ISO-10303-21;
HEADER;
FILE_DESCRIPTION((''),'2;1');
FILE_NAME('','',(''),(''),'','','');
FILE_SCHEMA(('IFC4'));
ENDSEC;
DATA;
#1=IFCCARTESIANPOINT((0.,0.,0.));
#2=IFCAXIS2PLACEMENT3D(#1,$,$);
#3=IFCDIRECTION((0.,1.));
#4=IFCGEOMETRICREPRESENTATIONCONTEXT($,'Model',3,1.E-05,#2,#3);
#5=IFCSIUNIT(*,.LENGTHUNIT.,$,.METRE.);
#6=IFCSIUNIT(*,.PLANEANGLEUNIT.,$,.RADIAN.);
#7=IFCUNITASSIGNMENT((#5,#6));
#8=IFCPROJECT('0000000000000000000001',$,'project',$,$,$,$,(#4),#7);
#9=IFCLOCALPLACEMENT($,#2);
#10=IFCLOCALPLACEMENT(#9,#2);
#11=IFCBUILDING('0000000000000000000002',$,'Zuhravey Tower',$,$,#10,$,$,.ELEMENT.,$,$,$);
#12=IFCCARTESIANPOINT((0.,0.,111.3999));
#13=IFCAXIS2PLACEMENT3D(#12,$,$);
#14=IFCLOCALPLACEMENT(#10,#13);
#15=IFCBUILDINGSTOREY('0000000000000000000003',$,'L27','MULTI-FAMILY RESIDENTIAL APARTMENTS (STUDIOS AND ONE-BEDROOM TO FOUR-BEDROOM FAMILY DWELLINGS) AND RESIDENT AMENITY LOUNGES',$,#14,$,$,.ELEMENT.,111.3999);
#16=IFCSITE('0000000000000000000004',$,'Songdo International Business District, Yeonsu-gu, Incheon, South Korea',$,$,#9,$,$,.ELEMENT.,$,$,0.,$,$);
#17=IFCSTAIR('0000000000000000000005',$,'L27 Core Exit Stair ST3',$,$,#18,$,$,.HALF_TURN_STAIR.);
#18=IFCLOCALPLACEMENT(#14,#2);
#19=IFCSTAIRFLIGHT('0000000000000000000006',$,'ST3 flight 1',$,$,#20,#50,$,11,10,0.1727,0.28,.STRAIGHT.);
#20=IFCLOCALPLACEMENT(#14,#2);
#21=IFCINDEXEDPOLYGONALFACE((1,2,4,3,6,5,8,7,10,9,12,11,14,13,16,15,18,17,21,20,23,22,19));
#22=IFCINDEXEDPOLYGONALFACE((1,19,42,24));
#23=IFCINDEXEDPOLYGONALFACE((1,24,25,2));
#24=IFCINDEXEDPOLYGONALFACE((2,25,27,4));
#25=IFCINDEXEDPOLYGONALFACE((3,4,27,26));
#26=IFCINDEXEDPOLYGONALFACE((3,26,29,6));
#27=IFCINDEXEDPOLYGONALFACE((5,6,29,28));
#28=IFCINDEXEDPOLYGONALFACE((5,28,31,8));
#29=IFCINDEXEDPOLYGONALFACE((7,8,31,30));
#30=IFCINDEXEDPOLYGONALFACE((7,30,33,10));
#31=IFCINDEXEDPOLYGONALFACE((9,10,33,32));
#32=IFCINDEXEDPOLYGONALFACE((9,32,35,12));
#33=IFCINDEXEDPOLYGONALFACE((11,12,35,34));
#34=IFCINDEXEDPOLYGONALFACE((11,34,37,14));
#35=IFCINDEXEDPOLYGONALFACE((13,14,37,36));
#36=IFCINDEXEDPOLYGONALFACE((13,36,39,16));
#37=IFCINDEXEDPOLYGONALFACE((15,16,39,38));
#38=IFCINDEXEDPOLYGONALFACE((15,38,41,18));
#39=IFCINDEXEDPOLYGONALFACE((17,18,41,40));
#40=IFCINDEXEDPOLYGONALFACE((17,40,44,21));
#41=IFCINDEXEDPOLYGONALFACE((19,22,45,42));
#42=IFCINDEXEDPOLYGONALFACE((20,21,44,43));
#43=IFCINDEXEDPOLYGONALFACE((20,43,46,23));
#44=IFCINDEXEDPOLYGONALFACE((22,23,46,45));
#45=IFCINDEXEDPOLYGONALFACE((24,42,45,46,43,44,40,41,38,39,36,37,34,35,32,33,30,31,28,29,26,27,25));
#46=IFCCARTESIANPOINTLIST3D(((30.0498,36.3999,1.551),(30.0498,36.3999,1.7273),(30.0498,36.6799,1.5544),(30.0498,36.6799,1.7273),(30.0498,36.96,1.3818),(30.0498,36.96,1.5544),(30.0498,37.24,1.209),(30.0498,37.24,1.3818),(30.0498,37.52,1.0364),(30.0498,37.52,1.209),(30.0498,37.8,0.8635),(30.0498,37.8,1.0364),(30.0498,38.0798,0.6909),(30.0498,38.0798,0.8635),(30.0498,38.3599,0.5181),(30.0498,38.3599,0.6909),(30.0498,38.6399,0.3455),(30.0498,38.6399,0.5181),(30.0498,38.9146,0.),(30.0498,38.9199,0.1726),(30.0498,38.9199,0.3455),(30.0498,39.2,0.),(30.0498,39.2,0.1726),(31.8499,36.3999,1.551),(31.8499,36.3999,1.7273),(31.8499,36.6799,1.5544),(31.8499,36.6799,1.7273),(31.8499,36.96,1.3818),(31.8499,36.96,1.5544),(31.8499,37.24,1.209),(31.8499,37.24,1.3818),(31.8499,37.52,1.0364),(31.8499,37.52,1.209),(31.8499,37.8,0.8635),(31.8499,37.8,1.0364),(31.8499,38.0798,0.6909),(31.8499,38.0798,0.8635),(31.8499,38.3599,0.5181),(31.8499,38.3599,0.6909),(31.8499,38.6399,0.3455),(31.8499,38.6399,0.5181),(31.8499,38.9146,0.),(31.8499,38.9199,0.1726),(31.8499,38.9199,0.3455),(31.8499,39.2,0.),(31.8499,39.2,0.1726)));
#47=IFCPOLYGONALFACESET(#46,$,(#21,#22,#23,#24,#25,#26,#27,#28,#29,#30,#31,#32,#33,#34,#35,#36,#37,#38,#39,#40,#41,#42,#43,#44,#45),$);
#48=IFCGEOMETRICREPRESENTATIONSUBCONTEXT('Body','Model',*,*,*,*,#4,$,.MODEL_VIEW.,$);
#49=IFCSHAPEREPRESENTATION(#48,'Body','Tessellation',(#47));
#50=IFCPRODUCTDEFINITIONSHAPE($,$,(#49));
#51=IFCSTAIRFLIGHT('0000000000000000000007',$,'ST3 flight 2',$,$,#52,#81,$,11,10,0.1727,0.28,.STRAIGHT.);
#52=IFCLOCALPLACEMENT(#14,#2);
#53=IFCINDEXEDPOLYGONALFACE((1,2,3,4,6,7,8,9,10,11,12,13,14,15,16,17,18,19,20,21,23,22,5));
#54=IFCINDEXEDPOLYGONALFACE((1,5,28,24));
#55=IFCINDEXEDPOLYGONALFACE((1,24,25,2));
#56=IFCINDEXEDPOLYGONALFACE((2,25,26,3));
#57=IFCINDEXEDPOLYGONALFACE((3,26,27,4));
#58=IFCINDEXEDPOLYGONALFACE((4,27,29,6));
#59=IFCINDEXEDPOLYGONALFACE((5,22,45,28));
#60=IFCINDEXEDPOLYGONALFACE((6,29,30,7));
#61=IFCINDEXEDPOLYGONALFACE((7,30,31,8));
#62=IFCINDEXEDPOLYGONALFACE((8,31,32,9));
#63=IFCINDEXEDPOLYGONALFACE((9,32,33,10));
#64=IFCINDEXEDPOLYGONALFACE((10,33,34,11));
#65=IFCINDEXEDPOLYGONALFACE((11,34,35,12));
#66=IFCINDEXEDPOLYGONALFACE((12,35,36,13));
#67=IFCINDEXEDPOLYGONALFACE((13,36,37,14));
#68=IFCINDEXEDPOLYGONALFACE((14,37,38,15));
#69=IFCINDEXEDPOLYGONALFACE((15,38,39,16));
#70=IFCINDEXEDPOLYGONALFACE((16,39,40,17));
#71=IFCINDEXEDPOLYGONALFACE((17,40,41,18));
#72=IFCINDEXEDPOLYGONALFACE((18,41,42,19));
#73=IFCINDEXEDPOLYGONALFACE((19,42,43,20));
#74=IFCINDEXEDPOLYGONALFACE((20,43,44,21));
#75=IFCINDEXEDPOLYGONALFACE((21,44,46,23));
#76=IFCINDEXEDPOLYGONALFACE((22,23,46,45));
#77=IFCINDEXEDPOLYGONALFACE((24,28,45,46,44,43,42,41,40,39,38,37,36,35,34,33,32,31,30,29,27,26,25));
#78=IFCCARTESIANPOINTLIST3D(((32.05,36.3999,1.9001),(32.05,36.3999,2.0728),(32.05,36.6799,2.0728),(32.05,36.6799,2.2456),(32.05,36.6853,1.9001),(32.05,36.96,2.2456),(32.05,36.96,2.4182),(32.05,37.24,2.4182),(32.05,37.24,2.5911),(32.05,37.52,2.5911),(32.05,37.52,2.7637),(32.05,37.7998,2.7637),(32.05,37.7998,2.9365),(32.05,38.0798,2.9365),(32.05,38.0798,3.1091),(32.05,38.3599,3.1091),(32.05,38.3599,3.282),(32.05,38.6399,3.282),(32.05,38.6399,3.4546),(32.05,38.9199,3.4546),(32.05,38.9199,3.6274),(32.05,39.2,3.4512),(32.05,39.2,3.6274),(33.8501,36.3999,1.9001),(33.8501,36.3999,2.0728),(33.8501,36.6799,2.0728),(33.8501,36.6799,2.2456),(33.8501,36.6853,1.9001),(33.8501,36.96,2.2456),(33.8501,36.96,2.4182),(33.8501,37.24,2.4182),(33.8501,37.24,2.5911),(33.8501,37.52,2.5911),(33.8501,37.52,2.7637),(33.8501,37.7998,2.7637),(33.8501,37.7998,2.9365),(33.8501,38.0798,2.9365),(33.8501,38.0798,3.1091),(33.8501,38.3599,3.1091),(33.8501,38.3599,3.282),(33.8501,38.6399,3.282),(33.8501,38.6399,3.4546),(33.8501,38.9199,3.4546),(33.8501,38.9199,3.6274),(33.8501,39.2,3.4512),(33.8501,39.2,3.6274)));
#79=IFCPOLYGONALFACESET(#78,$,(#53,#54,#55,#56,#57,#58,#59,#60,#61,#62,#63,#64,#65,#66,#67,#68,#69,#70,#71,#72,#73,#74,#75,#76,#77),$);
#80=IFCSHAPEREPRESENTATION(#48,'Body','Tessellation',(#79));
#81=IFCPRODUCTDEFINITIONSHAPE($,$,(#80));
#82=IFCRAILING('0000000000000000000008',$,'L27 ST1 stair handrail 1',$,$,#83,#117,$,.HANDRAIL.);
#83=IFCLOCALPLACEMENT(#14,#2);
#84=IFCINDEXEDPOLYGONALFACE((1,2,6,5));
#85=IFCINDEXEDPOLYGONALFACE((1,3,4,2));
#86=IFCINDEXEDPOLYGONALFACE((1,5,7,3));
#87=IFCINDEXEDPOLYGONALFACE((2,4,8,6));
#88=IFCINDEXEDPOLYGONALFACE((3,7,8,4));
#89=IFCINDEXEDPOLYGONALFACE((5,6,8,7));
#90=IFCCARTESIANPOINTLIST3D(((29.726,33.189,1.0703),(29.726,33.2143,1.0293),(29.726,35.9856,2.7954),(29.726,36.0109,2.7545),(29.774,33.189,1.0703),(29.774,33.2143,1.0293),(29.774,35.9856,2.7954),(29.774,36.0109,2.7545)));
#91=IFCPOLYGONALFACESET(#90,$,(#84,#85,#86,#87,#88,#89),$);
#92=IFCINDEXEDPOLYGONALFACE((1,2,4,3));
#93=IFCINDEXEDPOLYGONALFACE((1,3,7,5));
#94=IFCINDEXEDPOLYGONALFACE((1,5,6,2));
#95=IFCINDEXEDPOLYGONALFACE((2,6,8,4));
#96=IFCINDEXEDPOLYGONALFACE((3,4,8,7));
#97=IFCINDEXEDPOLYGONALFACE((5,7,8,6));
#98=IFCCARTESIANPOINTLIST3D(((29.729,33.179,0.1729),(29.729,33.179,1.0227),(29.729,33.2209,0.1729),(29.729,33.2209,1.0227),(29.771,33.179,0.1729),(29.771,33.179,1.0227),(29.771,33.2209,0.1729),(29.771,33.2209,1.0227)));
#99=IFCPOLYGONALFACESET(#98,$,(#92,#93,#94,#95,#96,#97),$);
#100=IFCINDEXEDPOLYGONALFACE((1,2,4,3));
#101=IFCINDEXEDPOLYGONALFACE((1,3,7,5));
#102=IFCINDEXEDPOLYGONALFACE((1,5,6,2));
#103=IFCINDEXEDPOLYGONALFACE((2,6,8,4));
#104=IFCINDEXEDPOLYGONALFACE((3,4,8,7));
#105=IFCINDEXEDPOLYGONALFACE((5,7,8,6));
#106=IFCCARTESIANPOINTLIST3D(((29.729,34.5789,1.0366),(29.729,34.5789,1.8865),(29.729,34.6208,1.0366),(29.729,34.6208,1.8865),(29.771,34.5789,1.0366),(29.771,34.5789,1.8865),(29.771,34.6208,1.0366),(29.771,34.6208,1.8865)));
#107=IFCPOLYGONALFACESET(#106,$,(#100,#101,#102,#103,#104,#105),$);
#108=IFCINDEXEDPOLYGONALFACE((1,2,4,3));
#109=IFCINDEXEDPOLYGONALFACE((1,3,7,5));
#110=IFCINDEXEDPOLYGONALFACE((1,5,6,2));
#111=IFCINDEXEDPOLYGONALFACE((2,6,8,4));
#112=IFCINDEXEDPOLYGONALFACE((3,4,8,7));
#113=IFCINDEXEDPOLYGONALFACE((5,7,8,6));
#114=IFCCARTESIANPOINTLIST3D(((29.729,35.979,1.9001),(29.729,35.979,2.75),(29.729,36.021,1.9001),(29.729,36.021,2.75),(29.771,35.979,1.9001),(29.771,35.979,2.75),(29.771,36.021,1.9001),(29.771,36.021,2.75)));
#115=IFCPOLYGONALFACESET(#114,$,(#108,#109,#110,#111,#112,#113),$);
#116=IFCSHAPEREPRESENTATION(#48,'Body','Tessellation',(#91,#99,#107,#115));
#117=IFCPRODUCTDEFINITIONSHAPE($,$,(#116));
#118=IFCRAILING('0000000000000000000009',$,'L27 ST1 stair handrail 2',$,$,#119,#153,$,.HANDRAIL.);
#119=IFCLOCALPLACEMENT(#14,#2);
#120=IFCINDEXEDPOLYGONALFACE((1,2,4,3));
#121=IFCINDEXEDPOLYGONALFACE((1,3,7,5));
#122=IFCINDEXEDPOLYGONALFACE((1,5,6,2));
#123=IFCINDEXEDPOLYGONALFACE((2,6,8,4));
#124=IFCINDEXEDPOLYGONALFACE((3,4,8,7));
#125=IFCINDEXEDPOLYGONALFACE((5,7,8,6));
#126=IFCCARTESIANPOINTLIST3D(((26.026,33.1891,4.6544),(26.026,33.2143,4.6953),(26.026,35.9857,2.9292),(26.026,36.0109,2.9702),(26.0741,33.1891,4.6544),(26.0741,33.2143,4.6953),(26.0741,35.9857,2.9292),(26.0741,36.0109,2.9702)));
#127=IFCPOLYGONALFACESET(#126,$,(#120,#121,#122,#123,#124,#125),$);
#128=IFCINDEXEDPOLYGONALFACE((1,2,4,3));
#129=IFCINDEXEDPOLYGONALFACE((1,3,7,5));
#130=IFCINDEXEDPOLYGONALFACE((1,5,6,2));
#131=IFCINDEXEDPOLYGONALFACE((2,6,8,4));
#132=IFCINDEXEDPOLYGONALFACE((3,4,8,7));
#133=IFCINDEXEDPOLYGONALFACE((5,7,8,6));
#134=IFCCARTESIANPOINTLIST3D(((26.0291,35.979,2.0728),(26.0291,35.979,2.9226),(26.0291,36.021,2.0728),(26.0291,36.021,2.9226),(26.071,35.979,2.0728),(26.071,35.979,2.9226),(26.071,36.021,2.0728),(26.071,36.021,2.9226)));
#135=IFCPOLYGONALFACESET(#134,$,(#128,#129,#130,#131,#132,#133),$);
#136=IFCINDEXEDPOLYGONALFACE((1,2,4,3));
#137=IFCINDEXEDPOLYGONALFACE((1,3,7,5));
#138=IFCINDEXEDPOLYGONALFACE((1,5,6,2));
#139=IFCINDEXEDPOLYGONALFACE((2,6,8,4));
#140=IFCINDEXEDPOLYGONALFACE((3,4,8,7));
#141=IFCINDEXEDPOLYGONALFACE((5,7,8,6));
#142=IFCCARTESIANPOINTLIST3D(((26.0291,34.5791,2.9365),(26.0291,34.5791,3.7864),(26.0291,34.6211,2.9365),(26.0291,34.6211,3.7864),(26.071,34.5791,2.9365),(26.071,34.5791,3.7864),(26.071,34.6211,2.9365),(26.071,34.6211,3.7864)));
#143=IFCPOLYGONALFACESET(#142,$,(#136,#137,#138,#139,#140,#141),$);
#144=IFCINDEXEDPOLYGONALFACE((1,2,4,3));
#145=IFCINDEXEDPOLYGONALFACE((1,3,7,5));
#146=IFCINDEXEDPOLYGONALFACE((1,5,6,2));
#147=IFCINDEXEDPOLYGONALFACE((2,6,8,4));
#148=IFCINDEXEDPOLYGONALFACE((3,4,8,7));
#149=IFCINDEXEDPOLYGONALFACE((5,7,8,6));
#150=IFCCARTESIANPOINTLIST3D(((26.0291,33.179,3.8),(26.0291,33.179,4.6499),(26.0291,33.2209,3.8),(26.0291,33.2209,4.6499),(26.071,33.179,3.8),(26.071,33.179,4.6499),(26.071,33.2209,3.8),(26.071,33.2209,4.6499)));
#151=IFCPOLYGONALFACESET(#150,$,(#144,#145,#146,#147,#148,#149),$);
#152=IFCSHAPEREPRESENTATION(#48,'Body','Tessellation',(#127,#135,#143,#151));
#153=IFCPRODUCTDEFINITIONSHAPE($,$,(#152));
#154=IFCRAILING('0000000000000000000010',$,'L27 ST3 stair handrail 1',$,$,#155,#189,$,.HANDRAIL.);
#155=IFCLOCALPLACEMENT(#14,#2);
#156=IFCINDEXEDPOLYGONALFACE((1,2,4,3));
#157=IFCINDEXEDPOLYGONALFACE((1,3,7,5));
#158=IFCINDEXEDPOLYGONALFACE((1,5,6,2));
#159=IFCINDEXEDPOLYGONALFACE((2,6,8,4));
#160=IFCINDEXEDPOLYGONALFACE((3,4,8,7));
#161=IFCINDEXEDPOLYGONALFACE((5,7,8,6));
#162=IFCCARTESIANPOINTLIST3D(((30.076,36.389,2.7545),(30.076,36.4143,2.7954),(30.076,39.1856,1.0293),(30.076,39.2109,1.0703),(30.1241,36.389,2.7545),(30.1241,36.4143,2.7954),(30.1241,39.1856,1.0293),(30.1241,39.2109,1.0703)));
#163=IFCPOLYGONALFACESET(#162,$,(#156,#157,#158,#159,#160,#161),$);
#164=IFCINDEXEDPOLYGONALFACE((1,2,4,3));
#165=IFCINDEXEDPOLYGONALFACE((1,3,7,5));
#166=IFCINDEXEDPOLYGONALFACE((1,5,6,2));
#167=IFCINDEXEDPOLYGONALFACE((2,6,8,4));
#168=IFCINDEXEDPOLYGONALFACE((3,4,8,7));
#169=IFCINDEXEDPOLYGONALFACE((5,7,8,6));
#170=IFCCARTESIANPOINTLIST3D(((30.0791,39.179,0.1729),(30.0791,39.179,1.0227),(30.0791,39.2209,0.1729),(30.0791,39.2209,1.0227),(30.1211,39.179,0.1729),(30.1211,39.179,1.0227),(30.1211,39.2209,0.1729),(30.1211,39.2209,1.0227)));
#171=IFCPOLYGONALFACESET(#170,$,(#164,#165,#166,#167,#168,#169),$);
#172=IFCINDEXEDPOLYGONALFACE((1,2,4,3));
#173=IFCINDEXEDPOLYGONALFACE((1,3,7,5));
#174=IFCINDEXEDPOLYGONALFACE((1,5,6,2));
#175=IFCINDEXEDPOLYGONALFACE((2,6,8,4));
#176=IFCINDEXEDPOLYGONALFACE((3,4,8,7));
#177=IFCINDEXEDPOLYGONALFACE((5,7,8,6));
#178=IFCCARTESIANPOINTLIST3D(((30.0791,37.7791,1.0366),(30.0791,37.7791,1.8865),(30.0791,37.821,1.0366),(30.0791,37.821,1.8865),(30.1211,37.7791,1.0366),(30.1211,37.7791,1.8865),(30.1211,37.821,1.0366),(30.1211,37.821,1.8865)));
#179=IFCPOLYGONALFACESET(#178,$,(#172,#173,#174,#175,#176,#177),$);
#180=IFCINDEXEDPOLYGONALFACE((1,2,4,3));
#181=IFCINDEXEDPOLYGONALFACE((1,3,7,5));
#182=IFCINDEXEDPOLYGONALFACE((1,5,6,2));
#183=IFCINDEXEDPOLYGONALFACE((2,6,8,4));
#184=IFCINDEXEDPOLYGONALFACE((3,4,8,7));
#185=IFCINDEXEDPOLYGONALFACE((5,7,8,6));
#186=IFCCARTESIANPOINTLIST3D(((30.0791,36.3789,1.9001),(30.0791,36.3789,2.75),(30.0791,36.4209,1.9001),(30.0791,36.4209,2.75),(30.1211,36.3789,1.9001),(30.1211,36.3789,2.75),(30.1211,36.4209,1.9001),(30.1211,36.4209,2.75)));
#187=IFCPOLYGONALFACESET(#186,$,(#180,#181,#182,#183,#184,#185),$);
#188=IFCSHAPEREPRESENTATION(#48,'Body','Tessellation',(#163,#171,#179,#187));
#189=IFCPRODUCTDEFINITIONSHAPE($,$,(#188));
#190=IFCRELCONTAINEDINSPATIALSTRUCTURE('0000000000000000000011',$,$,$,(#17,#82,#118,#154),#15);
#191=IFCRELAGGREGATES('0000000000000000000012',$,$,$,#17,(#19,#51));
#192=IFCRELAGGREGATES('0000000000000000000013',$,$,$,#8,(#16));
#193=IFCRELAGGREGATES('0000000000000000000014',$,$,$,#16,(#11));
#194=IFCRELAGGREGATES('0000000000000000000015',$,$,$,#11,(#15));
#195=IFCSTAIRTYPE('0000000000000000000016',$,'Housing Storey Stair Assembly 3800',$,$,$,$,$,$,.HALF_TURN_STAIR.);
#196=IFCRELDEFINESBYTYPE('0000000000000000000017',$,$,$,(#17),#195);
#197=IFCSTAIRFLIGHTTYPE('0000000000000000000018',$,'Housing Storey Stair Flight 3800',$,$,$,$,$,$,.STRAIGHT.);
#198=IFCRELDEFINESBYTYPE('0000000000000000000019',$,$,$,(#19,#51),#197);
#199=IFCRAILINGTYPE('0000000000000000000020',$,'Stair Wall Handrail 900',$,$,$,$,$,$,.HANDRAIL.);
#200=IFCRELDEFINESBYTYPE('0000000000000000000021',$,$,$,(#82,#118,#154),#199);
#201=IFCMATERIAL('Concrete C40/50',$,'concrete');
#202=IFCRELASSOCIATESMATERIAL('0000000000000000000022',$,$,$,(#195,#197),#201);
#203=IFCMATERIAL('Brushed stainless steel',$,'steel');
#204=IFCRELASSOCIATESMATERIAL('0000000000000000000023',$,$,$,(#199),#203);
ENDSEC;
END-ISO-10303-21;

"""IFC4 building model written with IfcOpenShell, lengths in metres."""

from ifc_helpers import new_model, si_unit, direction, frame, origin, origin_2d, place, context, subcontext, project, spatial, polyline, rectangle, outline, extrude, material, type_object, element, aggregate, save


model = new_model("IFC4")

# Units and contexts
model_context = context("Model", 3, precision=1e-05, world=origin(), true_north=direction((0.0, 1.0)))
body_context = subcontext(model_context, "Body", "Model", "MODEL_VIEW")
ifc_project = project(units=[si_unit("LENGTHUNIT", "METRE"), si_unit("PLANEANGLEUNIT", "RADIAN")], contexts=[model_context])

# Site, building, storey
site_placement = place(None, origin())
site = spatial("IfcSite", under=ifc_project, at=site_placement, Name="Songdo International Business District, Yeonsu-gu, Incheon, South Korea", CompositionType="ELEMENT", RefElevation=0.0)
building_placement = place(site_placement, origin())
building = spatial("IfcBuilding", under=site, at=building_placement, Name="Zuhravey Tower", CompositionType="ELEMENT")
storey_placement = place(building_placement, frame((0.0, 0.0, 111.3999)))
storey = spatial("IfcBuildingStorey", under=building, at=storey_placement, Name="L27", Description="MULTI-FAMILY RESIDENTIAL APARTMENTS (STUDIOS AND ONE-BEDROOM TO FOUR-BEDROOM FAMILY DWELLINGS) AND RESIDENT AMENITY LOUNGES", CompositionType="ELEMENT", Elevation=111.3999)

# Stair, stair flights
ifc_material_1 = material(Name="Concrete C40/50", Category="concrete")
stair_type = type_object("IfcStairType", Name="Housing Storey Stair Assembly 3800", PredefinedType="HALF_TURN_STAIR", material=ifc_material_1)
stair_flight_type = type_object("IfcStairFlightType", Name="Housing Storey Stair Flight 3800", PredefinedType="STRAIGHT", material=ifc_material_1)
stair_1_placement = place(storey_placement, origin())
stair_1 = element("IfcStair", 1, at=stair_1_placement, inside=storey, type_object=stair_type, Name="L27 Core Exit Stair ST3", PredefinedType="HALF_TURN_STAIR")
stair_flight_1_placement = place(storey_placement, frame((30.95, 39.2, 0.0), z_axis=(0.0, 0.0, 1.0), x_axis=(0.0, -1.0, 0.0)))
stair_flight_1 = element("IfcStairFlight", 2, at=stair_flight_1_placement, type_object=stair_flight_type, Name="ST3 flight 1", NumberOfRisers=11, NumberOfTreads=10, PredefinedType="STRAIGHT", RiserHeight=0.1727, TreadLength=0.28, context=body_context, shape_type="SweptSolid", body=[
    extrude(outline(polyline([(0.0, 0.0), (0.0, 0.1726), (0.28, 0.1726), (0.28, 0.3455), (0.5601, 0.3455), (0.5601, 0.5181), (0.8401, 0.5181), (0.8401, 0.6909), (1.1201, 0.6909), (1.1201, 0.8635), (1.3999, 0.8635), (1.3999, 1.0364), (1.6799, 1.0364), (1.6799, 1.209), (1.96, 1.209), (1.96, 1.3818), (2.24, 1.3818), (2.24, 1.5544), (2.52, 1.5544), (2.52, 1.7273), (2.8, 1.7273), (2.8, 1.8999), (2.8, 1.551), (0.2854, 0.0), (0.0, 0.0)])), frame((0.0, 0.8999, 0.0), z_axis=(0.0, -1.0, 0.0), x_axis=(1.0, 0.0, 0.0)), (0.0, 0.0, 1.0), 1.8),
])
stair_flight_2_placement = place(storey_placement, frame((32.95, 36.3999, 1.9001), z_axis=(0.0, 0.0, 1.0), x_axis=(0.0, 1.0, 0.0)))
stair_flight_2 = element("IfcStairFlight", 3, at=stair_flight_2_placement, type_object=stair_flight_type, Name="ST3 flight 2", NumberOfRisers=11, NumberOfTreads=10, PredefinedType="STRAIGHT", RiserHeight=0.1727, TreadLength=0.28, context=body_context, shape_type="SweptSolid", body=[
    extrude(outline(polyline([(0.0, 0.0), (0.0, 0.1726), (0.28, 0.1726), (0.28, 0.3455), (0.5601, 0.3455), (0.5601, 0.5181), (0.8401, 0.5181), (0.8401, 0.6909), (1.1201, 0.6909), (1.1201, 0.8635), (1.3999, 0.8635), (1.3999, 1.0364), (1.6799, 1.0364), (1.6799, 1.209), (1.96, 1.209), (1.96, 1.3818), (2.24, 1.3818), (2.24, 1.5544), (2.52, 1.5544), (2.52, 1.7273), (2.8, 1.7273), (2.8, 1.8999), (2.8, 1.551), (0.2854, 0.0), (0.0, 0.0)])), frame((0.0, 0.8999, 0.0), z_axis=(0.0, -1.0, 0.0), x_axis=(1.0, 0.0, 0.0)), (0.0, 0.0, 1.0), 1.8),
])
aggregate(stair_1, [stair_flight_1, stair_flight_2])

# Railings
ifc_material_2 = material(Name="Brushed stainless steel", Category="steel")
railing_type_1 = type_object("IfcRailingType", Name="Stair Wall Handrail 900", PredefinedType="HANDRAIL", material=ifc_material_2)
railing_1_placement = place(storey_placement, frame((29.75, 33.2, 0.1729)))
element("IfcRailing", 4, at=railing_1_placement, inside=storey, type_object=railing_type_1, Name="L27 ST1 stair handrail 1", PredefinedType="HANDRAIL", context=body_context, shape_type="SweptSolid", body=[
    extrude(rectangle(XDim=0.0481, YDim=0.0481, at=origin_2d()), frame((0.0, 0.0017, 0.877), z_axis=(0.0, 0.85109, 0.52502), x_axis=(-1.0, 0.0, 0.0)), (0.0, 0.0, 1.0), 3.2859),
    extrude(rectangle(XDim=0.042, YDim=0.042, at=origin_2d()), origin(), (0.0, 0.0, 1.0), 0.8499),
    extrude(rectangle(XDim=0.042, YDim=0.042, at=origin_2d()), frame((0.0, 1.3999, 0.8638)), (0.0, 0.0, 1.0), 0.8499),
    extrude(rectangle(XDim=0.042, YDim=0.042, at=origin_2d()), frame((0.0, 2.8, 1.7273)), (0.0, 0.0, 1.0), 0.8499),
])
for number, where, name in (
    (5, (26.05, 36.0, 2.0728), "L27 ST1 stair handrail 2"),
    (6, (30.1001, 39.2, 0.1729), "L27 ST3 stair handrail 1"),
):
    element("IfcRailing", number, at=place(storey_placement, frame(where)), inside=storey, type_object=railing_type_1, Name=name, PredefinedType="HANDRAIL", context=body_context, shape_type="SweptSolid", body=[
        extrude(rectangle(XDim=0.0481, YDim=0.0481, at=origin_2d()), frame((0.0, -0.0017, 0.877), z_axis=(0.0, -0.85109, 0.52502), x_axis=(1.0, 0.0, 0.0)), (0.0, 0.0, 1.0), 3.2859),
        extrude(rectangle(XDim=0.042, YDim=0.042, at=origin_2d()), origin(), (0.0, 0.0, 1.0), 0.8499),
        extrude(rectangle(XDim=0.042, YDim=0.042, at=origin_2d()), frame((0.0, -1.3999, 0.8638)), (0.0, 0.0, 1.0), 0.8499),
        extrude(rectangle(XDim=0.042, YDim=0.042, at=origin_2d()), frame((0.0, -2.8, 1.7273)), (0.0, 0.0, 1.0), 0.8499),
    ])

save(model, "model.ifc")
